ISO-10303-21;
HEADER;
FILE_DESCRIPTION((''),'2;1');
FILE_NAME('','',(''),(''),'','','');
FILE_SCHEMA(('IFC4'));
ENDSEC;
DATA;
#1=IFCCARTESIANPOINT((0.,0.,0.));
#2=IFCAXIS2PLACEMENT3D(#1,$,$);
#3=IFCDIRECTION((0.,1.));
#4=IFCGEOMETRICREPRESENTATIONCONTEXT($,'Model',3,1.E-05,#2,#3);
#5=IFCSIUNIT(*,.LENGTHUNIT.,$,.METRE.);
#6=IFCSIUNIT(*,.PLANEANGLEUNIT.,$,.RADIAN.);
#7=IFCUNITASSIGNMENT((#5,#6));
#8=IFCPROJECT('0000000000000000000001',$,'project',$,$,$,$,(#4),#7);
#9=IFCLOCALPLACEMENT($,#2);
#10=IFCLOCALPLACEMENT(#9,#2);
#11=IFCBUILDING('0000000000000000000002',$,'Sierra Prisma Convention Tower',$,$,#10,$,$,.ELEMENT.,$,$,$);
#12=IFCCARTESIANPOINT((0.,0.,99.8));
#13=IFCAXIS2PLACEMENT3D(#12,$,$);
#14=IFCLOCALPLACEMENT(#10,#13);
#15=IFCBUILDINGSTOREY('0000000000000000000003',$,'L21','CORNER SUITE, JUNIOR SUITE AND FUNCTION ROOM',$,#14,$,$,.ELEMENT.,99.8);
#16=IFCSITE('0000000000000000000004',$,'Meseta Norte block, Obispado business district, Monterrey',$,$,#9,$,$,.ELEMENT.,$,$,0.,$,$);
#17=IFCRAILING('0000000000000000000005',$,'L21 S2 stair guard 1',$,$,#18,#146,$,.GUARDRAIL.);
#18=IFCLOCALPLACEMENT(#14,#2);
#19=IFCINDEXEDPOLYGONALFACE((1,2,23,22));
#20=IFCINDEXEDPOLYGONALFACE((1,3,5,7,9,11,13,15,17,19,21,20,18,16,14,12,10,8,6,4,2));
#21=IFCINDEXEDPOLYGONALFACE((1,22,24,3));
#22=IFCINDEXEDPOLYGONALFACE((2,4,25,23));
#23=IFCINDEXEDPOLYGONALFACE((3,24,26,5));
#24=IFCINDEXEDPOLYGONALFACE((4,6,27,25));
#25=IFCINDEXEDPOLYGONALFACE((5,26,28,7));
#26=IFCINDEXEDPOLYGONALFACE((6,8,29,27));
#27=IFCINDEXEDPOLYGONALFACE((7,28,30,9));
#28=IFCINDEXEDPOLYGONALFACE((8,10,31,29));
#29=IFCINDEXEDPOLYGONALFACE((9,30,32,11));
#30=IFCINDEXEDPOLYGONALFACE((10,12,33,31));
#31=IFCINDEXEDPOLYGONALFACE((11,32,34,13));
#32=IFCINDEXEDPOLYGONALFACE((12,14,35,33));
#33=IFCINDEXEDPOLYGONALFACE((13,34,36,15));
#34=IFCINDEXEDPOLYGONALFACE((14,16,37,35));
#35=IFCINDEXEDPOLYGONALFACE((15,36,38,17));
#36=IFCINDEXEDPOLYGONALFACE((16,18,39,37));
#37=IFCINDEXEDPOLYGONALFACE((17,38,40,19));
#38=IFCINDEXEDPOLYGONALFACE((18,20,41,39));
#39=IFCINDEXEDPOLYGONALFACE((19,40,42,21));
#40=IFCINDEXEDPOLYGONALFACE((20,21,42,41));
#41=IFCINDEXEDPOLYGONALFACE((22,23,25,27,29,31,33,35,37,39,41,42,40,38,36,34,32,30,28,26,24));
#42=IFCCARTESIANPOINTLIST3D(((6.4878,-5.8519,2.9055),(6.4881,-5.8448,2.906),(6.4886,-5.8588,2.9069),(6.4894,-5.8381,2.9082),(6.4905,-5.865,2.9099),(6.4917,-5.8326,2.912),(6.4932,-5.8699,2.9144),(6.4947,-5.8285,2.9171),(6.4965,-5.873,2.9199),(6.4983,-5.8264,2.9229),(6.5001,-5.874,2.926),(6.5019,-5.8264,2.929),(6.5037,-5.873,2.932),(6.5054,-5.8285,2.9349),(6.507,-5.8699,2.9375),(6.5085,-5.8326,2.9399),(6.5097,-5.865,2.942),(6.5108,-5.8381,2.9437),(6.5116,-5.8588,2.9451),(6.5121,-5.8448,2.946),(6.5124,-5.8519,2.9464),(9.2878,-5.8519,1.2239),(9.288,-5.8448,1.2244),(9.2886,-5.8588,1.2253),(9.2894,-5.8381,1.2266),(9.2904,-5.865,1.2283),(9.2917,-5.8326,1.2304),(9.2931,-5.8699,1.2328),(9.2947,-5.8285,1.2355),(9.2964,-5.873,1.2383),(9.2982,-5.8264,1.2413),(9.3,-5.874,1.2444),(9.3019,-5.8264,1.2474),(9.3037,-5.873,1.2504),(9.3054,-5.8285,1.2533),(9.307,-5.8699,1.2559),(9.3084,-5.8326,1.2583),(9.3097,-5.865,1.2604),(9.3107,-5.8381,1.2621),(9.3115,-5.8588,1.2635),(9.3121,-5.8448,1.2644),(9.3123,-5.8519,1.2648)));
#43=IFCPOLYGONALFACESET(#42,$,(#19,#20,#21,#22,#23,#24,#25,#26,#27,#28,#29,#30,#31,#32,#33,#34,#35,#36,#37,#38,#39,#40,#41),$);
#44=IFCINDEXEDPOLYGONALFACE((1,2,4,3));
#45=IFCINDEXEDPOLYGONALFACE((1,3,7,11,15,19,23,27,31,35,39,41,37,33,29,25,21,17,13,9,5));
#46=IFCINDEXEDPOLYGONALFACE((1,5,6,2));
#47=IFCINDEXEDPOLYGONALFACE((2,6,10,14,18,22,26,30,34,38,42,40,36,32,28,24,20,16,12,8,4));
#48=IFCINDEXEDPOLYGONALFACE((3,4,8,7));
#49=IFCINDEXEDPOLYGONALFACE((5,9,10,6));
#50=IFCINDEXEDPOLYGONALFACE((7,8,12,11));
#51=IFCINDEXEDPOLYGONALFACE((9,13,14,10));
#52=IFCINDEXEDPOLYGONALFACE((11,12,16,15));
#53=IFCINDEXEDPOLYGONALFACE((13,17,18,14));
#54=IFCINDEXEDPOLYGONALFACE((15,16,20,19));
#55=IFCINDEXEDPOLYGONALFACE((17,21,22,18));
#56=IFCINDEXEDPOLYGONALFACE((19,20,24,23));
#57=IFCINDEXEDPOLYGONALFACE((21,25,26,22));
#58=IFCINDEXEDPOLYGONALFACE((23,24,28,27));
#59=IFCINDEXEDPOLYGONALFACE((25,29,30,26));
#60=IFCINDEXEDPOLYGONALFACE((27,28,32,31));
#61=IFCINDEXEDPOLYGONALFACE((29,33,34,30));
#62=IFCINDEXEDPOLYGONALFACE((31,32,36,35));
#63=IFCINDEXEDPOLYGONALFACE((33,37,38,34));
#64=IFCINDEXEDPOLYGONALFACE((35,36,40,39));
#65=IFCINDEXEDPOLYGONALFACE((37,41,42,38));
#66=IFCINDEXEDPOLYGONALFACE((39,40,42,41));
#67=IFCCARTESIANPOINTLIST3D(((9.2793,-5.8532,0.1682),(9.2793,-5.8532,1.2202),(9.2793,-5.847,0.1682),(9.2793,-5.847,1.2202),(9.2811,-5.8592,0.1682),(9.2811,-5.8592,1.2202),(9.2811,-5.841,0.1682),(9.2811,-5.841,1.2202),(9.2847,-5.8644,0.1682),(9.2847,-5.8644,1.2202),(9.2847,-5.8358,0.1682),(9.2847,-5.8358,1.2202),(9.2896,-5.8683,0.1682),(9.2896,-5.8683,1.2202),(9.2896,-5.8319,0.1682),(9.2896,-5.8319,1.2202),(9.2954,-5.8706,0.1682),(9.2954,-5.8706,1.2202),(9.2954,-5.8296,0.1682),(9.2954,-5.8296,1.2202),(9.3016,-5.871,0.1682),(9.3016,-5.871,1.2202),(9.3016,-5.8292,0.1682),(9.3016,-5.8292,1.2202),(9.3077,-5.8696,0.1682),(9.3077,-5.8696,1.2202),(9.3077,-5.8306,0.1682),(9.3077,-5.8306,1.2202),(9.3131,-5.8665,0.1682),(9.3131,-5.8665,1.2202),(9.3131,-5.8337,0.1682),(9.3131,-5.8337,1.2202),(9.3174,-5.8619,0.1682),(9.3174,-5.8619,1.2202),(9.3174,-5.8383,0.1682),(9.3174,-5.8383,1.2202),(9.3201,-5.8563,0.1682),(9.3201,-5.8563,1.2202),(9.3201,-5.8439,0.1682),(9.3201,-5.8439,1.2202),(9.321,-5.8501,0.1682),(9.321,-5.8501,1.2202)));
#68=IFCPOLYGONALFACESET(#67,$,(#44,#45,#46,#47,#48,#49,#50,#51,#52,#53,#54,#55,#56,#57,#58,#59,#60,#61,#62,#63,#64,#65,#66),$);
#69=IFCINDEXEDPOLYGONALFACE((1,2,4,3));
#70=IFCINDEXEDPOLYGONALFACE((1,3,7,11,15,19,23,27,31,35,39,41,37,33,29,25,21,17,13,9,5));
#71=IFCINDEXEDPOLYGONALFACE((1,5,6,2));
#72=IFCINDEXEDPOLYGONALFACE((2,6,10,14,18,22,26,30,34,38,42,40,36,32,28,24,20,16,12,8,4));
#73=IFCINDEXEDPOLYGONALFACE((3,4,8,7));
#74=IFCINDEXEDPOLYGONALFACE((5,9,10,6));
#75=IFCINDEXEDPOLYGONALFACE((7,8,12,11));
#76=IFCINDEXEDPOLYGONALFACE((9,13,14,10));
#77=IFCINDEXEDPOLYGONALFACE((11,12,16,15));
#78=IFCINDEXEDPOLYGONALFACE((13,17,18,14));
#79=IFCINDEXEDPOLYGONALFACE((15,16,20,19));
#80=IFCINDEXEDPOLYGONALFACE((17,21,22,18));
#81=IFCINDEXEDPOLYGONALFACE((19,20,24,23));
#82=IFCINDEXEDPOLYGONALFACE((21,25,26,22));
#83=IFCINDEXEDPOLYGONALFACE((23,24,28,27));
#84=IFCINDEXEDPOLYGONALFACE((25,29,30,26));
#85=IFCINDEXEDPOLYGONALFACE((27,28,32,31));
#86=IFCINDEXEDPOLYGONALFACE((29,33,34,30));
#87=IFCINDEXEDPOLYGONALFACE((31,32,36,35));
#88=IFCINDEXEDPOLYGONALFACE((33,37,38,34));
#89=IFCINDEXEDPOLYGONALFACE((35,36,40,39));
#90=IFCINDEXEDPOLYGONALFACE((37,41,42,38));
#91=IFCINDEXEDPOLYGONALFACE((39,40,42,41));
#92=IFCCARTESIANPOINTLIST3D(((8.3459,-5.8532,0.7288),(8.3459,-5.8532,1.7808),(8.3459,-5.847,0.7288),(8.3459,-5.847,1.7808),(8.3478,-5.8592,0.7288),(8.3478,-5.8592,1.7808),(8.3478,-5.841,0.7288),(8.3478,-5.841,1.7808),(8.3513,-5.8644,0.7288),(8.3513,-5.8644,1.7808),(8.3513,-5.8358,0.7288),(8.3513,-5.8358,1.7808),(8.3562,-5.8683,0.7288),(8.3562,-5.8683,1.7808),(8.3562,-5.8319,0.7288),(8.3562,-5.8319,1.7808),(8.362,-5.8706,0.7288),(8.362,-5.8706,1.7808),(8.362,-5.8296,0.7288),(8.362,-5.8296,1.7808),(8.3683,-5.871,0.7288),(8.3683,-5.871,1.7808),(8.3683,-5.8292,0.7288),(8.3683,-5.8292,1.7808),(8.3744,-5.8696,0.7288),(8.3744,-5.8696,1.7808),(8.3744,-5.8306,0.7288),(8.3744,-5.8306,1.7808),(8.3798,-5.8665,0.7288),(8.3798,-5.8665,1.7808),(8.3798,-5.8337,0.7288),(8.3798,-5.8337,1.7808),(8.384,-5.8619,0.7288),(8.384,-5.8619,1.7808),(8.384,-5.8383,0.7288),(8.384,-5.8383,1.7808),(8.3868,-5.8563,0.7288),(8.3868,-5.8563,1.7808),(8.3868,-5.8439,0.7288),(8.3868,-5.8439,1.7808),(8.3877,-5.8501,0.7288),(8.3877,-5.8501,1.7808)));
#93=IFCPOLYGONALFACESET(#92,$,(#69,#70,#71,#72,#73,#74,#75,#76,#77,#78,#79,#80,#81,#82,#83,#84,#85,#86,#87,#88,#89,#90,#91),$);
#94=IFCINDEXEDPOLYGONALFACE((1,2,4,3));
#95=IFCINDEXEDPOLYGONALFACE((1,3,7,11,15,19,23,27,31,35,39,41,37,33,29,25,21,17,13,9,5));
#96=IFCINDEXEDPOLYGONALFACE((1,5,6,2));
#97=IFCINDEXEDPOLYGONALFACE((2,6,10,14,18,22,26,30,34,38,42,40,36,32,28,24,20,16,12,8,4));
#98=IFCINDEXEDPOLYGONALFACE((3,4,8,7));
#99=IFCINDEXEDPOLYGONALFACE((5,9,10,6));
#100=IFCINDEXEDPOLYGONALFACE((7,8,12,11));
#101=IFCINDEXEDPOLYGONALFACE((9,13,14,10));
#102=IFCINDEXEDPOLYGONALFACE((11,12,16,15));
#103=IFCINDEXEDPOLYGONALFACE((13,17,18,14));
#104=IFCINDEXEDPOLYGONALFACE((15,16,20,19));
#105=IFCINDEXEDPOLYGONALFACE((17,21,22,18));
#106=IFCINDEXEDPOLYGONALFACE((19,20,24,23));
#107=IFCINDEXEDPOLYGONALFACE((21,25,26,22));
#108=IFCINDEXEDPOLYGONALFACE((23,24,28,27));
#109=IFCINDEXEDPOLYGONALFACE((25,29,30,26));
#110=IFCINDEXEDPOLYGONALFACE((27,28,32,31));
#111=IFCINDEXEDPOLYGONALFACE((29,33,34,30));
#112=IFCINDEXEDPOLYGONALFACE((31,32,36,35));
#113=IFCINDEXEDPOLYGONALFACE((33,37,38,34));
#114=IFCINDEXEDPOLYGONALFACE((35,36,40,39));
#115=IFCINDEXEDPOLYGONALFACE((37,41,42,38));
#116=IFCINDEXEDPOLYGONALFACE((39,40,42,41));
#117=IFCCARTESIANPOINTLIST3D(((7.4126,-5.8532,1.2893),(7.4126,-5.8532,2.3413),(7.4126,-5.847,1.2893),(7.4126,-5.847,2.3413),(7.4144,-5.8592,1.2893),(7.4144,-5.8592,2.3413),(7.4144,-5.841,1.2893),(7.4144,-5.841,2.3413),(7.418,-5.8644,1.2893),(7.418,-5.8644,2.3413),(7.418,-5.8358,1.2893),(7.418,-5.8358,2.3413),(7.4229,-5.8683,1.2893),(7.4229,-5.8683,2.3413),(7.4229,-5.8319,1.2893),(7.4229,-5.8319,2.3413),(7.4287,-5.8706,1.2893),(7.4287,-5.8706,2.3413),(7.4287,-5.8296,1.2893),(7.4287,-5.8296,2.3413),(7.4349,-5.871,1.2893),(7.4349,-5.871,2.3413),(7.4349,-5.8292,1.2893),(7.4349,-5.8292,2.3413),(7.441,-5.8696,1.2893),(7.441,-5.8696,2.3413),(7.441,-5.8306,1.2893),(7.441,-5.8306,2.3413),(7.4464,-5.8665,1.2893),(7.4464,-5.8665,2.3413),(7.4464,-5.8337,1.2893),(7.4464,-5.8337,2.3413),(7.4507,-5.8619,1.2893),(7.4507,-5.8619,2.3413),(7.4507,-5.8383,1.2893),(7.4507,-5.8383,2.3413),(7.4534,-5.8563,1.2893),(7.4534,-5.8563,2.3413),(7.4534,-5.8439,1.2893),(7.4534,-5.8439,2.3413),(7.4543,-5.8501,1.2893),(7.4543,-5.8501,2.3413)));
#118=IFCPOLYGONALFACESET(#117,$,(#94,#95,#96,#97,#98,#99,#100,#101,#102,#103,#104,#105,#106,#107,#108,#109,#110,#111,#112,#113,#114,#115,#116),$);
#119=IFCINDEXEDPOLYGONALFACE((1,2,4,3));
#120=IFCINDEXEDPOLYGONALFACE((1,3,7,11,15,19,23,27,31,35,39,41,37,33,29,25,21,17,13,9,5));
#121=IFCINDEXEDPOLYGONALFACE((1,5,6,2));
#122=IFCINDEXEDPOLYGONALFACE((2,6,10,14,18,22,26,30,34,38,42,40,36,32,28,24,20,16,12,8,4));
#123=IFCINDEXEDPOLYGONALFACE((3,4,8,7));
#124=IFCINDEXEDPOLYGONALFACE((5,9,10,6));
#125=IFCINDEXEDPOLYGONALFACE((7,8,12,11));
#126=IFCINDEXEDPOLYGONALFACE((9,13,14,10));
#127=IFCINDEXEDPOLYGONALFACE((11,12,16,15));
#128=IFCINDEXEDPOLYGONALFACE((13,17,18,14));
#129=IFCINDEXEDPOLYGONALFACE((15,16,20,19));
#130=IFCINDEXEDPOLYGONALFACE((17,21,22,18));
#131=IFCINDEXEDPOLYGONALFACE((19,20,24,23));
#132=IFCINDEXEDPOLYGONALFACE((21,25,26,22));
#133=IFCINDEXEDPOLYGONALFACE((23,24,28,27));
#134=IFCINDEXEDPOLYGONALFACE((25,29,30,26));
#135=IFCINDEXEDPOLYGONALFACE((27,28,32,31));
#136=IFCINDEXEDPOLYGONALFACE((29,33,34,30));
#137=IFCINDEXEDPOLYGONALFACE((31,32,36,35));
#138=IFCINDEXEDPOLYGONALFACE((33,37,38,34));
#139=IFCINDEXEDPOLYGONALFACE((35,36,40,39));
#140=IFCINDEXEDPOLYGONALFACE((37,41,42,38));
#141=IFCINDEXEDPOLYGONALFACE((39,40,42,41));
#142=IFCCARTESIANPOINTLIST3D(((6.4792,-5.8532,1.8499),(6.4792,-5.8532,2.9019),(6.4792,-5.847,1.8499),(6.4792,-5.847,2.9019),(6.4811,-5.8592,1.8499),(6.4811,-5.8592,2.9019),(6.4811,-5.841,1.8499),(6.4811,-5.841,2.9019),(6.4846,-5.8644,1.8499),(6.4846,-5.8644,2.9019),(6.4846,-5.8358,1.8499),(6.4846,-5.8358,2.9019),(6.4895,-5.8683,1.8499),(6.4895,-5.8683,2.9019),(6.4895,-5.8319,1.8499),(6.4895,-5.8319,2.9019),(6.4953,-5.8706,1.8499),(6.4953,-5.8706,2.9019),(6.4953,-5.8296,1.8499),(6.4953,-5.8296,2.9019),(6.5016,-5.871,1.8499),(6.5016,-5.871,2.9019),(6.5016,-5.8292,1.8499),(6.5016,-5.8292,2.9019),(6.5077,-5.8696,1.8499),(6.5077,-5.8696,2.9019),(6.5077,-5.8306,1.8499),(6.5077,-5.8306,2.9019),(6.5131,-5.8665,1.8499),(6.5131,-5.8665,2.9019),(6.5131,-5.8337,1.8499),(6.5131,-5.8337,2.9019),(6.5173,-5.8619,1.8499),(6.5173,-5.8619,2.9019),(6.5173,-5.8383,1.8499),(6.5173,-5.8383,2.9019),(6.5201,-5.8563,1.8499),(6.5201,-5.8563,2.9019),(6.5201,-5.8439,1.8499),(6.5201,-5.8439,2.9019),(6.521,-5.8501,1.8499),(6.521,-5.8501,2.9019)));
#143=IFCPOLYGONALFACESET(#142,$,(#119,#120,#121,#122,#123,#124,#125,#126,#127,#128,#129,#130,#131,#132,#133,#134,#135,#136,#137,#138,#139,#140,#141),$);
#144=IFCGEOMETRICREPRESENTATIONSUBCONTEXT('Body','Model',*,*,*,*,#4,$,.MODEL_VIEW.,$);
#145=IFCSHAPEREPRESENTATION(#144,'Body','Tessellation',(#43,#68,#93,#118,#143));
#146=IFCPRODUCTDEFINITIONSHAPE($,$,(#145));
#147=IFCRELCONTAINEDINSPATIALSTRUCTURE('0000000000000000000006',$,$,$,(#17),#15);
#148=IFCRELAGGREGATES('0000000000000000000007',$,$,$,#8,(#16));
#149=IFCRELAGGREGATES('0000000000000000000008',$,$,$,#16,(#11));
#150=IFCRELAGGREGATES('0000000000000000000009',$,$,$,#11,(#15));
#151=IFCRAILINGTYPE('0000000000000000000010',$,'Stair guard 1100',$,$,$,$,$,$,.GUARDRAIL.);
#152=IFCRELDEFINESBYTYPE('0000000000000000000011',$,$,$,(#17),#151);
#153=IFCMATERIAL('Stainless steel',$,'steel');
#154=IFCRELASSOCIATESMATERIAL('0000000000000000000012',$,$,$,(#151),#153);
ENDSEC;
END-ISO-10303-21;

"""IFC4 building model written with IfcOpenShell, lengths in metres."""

from ifc_helpers import new_model, si_unit, direction, frame, origin, origin_2d, place, context, subcontext, project, spatial, circle, extrude, material, type_object, element, save


model = new_model("IFC4")

# Units and contexts
model_context = context("Model", 3, precision=1e-05, world=origin(), true_north=direction((0.0, 1.0)))
body_context = subcontext(model_context, "Body", "Model", "MODEL_VIEW")
ifc_project = project(units=[si_unit("LENGTHUNIT", "METRE"), si_unit("PLANEANGLEUNIT", "RADIAN")], contexts=[model_context])

# Site, building, storey
site_placement = place(None, origin())
site = spatial("IfcSite", under=ifc_project, at=site_placement, Name="Meseta Norte block, Obispado business district, Monterrey", CompositionType="ELEMENT", RefElevation=0.0)
building_placement = place(site_placement, origin())
building = spatial("IfcBuilding", under=site, at=building_placement, Name="Sierra Prisma Convention Tower", CompositionType="ELEMENT")
storey_placement = place(building_placement, frame((0.0, 0.0, 99.8)))
storey = spatial("IfcBuildingStorey", under=building, at=storey_placement, Name="L21", Description="CORNER SUITE, JUNIOR SUITE AND FUNCTION ROOM", CompositionType="ELEMENT", Elevation=99.8)

# Railing
ifc_material_1 = material(Name="Stainless steel", Category="steel")
railing_type_1 = type_object("IfcRailingType", Name="Stair guard 1100", PredefinedType="GUARDRAIL", material=ifc_material_1)
railing_1_placement = place(storey_placement, frame((9.3, -5.8501, 0.1682)))
element("IfcRailing", 1, at=railing_1_placement, inside=storey, type_object=railing_type_1, Name="L21 S2 stair guard 1", PredefinedType="GUARDRAIL", context=body_context, shape_type="SweptSolid", body=[
    extrude(circle(Radius=0.0239, at=origin_2d()), frame((0.0, 0.0, 1.0762), z_axis=(-0.857275, 0.0, 0.514858), x_axis=(0.0, -1.0, 0.0)), (0.0, 0.0, 1.0), 3.2661),
    extrude(circle(Radius=0.021, at=origin_2d()), origin(), (0.0, 0.0, 1.0), 1.052),
    extrude(circle(Radius=0.021, at=origin_2d()), frame((-0.9333, 0.0, 0.5605)), (0.0, 0.0, 1.0), 1.052),
    extrude(circle(Radius=0.021, at=origin_2d()), frame((-1.8667, 0.0, 1.1211)), (0.0, 0.0, 1.0), 1.052),
    extrude(circle(Radius=0.021, at=origin_2d()), frame((-2.8, 0.0, 1.6816)), (0.0, 0.0, 1.0), 1.052),
])

save(model, "model.ifc")
